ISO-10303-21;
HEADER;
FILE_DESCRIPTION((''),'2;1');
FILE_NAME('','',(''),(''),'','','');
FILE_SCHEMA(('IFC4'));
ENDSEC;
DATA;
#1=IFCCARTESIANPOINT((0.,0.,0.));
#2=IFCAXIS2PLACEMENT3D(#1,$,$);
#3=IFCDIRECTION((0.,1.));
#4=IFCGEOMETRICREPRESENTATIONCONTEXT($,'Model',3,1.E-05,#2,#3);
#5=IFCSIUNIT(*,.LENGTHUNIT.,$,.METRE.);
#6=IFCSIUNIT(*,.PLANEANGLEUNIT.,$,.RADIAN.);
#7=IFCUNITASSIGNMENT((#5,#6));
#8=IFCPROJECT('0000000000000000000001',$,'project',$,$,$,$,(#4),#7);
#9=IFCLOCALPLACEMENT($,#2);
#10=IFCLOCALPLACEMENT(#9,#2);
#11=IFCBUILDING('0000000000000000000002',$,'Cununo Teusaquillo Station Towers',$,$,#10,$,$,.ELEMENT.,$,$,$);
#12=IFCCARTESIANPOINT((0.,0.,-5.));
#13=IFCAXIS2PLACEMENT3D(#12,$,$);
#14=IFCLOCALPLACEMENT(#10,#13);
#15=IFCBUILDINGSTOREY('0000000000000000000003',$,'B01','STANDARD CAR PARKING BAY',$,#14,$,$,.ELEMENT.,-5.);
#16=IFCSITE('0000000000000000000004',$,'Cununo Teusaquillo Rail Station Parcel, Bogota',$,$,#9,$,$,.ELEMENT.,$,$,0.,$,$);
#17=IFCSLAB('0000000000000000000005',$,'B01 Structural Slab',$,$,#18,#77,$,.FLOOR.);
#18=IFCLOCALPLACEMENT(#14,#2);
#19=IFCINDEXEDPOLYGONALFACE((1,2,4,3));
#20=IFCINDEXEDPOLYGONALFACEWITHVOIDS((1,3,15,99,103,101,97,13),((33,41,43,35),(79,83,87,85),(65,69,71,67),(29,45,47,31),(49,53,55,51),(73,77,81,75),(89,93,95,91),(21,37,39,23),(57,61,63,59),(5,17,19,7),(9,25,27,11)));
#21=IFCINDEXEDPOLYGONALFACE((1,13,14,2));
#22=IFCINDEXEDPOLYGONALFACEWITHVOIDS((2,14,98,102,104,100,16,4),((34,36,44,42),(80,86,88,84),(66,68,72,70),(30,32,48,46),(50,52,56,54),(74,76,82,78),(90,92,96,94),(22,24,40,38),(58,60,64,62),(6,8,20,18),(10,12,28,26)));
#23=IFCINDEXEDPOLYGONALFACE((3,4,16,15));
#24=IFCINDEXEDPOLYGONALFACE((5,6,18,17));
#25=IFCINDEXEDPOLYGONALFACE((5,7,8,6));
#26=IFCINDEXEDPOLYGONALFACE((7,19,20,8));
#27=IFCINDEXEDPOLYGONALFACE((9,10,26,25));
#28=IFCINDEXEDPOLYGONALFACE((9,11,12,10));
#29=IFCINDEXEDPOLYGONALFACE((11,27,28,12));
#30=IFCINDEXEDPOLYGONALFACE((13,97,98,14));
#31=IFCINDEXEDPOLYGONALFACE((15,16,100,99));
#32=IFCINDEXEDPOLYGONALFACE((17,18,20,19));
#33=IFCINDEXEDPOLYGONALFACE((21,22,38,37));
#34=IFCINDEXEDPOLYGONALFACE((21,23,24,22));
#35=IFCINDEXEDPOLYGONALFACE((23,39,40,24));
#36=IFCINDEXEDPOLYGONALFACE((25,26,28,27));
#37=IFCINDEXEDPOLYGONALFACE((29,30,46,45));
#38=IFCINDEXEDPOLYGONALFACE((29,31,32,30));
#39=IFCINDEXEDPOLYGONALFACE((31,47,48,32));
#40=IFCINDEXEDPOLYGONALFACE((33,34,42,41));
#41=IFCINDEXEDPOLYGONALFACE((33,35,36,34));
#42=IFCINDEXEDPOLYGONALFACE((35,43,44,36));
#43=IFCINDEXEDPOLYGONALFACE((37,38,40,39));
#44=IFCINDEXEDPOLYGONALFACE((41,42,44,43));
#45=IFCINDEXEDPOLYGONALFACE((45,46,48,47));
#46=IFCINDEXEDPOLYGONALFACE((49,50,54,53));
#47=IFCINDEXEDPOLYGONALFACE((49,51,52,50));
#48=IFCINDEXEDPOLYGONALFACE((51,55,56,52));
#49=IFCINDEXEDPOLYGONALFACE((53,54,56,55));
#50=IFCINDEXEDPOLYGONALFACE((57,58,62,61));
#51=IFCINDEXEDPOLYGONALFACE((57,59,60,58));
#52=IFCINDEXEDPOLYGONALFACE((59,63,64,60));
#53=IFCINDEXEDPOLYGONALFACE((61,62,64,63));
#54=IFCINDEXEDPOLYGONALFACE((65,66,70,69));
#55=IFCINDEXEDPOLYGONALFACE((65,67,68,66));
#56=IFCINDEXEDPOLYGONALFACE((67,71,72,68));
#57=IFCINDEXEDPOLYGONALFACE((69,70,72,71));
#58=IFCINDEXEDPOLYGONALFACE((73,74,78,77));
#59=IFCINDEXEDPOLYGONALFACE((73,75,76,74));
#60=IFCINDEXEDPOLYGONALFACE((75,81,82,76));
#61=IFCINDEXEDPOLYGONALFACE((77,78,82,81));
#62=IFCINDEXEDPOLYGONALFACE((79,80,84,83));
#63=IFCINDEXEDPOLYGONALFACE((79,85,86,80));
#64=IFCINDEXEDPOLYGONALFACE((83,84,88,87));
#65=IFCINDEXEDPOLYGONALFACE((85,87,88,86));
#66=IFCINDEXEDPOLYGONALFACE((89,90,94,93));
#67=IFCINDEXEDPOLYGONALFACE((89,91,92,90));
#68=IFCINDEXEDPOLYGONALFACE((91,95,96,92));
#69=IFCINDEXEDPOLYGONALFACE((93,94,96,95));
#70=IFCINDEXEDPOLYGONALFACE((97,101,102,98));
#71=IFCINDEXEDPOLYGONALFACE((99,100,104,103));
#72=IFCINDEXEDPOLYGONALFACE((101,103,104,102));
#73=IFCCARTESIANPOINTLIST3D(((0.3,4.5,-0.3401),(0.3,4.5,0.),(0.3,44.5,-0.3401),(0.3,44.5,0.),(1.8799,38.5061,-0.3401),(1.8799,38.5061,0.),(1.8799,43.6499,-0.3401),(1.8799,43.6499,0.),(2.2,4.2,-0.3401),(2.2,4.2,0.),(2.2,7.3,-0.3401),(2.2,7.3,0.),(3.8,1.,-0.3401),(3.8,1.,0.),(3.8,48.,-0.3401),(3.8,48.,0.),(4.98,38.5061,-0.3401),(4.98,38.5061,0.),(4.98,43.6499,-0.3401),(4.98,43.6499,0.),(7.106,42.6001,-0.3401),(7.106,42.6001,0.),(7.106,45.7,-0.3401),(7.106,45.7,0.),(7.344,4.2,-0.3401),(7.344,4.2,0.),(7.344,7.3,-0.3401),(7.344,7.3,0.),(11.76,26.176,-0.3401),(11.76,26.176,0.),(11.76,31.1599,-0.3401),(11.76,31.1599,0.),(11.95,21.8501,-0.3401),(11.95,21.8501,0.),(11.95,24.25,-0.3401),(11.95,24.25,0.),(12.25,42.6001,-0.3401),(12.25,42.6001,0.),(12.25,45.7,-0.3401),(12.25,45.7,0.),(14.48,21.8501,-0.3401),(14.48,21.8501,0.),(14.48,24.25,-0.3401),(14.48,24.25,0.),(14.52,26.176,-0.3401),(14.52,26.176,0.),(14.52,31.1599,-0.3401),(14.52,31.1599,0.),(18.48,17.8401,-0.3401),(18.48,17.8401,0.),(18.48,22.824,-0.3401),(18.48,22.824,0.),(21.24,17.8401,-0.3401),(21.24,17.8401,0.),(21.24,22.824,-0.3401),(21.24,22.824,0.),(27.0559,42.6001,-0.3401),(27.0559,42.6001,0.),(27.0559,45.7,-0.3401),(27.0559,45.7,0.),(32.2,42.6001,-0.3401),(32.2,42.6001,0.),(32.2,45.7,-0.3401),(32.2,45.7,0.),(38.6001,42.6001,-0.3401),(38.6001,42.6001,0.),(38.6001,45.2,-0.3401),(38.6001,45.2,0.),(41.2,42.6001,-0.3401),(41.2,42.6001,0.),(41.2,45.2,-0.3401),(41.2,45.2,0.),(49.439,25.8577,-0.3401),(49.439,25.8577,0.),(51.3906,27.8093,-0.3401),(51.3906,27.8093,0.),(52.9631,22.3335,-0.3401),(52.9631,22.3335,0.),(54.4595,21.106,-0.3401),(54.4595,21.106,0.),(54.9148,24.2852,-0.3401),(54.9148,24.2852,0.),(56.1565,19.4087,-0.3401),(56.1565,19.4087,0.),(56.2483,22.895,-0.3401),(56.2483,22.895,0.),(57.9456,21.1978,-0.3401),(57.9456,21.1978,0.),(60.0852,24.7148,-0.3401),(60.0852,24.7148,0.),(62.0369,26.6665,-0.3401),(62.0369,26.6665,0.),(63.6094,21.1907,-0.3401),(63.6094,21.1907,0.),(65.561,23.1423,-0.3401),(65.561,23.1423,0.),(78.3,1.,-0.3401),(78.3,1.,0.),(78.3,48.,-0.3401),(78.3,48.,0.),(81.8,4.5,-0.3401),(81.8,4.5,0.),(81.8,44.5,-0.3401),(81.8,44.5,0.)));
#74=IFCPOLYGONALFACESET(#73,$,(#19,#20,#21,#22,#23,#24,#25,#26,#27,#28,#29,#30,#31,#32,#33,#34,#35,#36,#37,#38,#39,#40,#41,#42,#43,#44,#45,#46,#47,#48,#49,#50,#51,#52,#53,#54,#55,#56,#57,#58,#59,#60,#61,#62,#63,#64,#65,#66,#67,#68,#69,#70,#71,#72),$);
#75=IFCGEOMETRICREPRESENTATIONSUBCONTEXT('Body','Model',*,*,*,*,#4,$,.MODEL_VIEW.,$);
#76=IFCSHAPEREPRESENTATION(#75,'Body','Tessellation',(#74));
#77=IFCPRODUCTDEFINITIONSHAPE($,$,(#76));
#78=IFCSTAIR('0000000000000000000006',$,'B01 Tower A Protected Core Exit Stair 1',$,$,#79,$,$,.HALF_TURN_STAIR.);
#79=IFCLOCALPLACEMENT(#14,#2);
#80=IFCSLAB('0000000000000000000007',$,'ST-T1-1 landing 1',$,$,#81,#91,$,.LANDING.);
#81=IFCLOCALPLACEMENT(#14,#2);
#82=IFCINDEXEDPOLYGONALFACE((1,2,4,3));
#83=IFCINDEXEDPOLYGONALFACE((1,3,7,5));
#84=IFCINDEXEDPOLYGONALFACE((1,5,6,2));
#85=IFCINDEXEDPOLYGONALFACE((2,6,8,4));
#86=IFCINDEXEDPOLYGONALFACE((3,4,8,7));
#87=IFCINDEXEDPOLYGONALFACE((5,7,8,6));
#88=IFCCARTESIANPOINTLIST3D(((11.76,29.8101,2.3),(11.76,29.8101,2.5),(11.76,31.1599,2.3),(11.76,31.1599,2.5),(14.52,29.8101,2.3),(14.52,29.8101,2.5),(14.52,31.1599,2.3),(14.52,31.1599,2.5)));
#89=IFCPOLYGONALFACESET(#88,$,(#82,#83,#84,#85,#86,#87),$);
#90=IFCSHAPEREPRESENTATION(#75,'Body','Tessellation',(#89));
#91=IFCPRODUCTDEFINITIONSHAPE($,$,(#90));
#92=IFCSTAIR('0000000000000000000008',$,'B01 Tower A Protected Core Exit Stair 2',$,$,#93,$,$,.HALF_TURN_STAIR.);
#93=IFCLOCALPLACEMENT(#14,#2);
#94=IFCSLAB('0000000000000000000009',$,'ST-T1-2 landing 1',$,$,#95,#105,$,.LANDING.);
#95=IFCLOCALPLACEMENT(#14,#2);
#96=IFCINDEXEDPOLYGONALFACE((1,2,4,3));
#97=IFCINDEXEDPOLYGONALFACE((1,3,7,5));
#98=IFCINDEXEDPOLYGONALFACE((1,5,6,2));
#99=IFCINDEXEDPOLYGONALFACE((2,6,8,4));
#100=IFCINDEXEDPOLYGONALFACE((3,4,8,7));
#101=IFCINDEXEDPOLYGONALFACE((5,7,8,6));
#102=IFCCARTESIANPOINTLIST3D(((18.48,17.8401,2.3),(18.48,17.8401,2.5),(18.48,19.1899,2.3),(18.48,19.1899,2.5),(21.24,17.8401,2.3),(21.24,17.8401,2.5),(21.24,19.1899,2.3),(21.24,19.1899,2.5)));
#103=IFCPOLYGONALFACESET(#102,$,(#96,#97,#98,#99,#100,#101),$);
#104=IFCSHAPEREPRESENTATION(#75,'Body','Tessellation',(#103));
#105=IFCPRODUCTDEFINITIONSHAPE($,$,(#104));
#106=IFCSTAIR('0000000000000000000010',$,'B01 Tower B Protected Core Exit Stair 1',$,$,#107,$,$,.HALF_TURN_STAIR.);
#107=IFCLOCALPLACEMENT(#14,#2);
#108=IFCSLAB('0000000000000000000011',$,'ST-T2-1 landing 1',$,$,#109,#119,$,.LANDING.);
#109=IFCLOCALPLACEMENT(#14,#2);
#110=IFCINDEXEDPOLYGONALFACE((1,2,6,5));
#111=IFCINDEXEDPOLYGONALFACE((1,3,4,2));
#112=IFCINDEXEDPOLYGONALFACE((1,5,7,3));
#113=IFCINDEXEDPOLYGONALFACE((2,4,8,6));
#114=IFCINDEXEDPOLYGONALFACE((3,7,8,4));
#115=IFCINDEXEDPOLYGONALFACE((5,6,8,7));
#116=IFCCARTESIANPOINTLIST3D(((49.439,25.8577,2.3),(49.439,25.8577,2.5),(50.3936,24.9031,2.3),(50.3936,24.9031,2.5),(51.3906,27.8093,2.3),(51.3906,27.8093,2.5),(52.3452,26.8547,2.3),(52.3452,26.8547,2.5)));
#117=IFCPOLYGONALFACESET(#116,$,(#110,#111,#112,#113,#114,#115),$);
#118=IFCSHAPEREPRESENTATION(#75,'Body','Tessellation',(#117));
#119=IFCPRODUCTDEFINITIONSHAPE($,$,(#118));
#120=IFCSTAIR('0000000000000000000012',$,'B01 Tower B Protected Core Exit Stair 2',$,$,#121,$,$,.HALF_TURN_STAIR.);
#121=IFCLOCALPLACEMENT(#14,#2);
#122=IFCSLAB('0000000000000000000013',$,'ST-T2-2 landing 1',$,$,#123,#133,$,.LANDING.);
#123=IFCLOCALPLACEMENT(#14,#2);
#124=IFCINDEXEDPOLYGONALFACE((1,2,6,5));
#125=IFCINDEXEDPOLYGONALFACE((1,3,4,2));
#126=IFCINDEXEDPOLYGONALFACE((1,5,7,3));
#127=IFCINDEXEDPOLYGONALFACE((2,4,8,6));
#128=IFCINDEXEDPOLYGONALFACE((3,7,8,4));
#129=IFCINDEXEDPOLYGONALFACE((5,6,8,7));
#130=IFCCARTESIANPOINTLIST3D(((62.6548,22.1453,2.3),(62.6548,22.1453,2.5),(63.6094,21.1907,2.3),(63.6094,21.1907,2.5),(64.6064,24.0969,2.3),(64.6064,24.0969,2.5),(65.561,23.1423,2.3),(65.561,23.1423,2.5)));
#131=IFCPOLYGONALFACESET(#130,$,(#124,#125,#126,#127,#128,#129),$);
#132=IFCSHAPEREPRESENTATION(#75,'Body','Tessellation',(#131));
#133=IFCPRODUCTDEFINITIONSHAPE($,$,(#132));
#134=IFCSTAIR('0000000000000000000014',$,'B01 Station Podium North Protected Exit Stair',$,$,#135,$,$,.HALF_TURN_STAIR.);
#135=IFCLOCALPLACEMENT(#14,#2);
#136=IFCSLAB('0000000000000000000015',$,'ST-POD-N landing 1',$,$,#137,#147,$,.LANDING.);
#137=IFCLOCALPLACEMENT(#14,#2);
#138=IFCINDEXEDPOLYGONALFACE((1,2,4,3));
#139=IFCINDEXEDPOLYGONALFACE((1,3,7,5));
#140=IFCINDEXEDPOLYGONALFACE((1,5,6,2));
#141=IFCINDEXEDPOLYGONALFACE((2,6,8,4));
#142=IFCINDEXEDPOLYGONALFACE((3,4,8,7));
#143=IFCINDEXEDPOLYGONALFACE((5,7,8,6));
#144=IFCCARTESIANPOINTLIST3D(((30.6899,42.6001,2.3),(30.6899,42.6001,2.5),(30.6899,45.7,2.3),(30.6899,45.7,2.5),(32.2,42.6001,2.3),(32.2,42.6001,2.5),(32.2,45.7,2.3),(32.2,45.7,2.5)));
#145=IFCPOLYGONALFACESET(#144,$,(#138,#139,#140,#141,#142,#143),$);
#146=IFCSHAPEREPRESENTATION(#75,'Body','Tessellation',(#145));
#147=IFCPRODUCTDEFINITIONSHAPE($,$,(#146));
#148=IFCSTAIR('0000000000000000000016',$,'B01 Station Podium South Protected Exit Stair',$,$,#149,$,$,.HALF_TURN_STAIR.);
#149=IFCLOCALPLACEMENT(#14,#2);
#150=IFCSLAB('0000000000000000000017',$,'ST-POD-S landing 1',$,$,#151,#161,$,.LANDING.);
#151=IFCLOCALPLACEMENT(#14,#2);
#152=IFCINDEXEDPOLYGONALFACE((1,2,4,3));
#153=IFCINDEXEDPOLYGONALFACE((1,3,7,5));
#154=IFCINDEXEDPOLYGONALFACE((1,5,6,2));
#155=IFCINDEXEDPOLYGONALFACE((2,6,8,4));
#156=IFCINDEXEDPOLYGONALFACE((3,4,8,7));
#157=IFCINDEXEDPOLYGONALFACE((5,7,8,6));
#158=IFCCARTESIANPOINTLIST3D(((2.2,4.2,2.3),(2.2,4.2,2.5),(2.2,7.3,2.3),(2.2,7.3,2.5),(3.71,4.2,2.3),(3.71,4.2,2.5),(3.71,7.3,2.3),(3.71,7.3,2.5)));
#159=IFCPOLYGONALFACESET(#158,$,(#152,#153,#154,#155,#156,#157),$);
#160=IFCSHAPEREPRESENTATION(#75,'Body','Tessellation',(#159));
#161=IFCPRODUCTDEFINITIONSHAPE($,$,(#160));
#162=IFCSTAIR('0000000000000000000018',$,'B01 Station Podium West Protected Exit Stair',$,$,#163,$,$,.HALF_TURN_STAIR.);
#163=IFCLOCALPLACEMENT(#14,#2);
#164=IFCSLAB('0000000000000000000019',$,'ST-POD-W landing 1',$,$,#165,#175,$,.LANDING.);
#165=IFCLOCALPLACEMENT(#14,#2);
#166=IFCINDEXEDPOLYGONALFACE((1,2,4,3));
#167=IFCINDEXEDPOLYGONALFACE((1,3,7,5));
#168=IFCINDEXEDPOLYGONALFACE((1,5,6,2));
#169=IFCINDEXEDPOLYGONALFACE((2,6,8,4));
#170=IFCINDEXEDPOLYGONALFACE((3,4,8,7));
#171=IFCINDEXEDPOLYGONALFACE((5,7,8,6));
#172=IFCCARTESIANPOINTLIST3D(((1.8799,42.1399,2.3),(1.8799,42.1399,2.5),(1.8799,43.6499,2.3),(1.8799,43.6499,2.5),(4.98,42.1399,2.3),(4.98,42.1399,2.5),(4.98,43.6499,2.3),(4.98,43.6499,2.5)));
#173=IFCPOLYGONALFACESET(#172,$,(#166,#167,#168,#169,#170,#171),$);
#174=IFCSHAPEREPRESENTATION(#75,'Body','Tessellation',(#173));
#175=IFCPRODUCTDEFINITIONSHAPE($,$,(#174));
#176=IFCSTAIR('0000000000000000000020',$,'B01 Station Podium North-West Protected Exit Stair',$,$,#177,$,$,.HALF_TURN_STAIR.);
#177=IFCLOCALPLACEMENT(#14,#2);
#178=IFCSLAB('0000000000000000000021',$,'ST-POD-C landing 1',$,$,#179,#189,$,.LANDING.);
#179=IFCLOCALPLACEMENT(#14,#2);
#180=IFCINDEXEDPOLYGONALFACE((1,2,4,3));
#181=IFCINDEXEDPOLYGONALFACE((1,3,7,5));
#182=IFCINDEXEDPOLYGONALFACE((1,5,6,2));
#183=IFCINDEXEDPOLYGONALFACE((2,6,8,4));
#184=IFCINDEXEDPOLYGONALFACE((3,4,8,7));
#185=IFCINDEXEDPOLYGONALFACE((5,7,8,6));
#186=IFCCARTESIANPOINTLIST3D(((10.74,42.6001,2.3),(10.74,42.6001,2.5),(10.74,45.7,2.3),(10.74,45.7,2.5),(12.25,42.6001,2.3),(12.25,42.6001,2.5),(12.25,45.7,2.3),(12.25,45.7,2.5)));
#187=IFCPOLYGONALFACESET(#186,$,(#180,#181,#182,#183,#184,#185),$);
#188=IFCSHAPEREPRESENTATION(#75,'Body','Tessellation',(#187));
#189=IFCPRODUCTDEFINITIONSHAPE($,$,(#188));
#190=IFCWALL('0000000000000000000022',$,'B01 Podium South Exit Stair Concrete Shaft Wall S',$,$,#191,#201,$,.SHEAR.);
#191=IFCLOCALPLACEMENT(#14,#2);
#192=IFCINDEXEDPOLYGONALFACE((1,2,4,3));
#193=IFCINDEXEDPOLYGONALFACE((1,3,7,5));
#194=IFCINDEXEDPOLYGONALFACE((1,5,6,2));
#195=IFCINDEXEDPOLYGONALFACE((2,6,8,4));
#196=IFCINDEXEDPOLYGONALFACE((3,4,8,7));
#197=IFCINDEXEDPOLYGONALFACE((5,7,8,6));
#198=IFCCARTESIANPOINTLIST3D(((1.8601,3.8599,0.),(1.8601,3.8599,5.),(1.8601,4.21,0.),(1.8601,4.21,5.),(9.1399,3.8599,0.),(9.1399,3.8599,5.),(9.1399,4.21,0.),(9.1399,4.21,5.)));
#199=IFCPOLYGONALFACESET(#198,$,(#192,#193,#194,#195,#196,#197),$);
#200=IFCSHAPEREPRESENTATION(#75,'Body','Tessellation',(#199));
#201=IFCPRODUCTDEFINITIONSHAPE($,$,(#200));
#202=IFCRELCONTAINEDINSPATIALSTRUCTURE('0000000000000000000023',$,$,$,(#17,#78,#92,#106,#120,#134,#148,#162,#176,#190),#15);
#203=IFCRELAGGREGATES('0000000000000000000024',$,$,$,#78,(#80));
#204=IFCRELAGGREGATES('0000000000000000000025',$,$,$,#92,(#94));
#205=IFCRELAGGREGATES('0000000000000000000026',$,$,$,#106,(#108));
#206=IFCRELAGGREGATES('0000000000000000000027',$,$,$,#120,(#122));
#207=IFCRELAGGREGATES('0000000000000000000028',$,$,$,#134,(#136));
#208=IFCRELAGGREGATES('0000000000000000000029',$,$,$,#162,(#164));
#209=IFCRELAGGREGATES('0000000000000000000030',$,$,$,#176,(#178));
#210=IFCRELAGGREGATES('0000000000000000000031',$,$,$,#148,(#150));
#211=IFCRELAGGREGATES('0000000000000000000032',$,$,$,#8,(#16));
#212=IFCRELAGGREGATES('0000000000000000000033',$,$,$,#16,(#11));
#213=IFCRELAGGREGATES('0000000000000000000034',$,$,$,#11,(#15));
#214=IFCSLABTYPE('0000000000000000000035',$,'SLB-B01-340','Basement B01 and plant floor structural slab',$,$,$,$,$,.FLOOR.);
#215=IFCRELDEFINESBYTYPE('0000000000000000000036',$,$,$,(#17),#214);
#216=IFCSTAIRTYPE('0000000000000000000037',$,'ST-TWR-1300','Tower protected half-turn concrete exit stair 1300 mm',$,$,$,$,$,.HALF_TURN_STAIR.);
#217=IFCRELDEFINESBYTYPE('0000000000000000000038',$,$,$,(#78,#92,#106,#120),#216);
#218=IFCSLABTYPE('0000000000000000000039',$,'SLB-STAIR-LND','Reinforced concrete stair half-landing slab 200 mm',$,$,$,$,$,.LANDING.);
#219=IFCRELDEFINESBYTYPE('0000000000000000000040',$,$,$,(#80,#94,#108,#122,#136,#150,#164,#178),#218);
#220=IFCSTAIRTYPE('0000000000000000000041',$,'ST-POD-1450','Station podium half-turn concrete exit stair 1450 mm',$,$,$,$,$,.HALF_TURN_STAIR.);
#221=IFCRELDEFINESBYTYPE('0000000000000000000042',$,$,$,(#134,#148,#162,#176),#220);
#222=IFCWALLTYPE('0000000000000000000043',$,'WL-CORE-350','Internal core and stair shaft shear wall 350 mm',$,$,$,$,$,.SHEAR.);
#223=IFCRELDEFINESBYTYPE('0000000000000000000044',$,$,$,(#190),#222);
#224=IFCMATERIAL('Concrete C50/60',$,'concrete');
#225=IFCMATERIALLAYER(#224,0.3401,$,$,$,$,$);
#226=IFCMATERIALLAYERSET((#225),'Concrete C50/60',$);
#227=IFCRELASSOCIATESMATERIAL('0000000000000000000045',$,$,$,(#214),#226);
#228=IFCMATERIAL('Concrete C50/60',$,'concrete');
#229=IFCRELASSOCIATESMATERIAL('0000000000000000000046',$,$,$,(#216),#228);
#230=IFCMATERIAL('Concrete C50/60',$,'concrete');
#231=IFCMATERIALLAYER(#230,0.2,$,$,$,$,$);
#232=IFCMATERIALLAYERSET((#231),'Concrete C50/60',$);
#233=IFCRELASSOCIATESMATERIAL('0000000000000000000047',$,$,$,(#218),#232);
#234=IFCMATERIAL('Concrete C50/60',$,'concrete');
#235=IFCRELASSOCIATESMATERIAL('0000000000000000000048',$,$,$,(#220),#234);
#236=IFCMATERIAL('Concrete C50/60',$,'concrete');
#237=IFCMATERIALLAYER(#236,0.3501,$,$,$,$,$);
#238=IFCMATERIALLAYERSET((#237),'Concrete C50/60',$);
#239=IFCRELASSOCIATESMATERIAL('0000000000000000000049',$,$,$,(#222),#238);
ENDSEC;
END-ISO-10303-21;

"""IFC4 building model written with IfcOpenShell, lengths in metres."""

from ifc_helpers import new_model, si_unit, direction, frame, frame_2d, origin, place, context, subcontext, project, spatial, polyline, rectangle, outline, extrude, material, layer, layer_set, type_object, element, aggregate, save


model = new_model("IFC4")

# Units and contexts
model_context = context("Model", 3, precision=1e-05, world=origin(), true_north=direction((0.0, 1.0)))
body_context = subcontext(model_context, "Body", "Model", "MODEL_VIEW")
ifc_project = project(units=[si_unit("LENGTHUNIT", "METRE"), si_unit("PLANEANGLEUNIT", "RADIAN")], contexts=[model_context])

# Site, building, storey
site_placement = place(None, origin())
site = spatial("IfcSite", under=ifc_project, at=site_placement, Name="Cununo Teusaquillo Rail Station Parcel, Bogota", CompositionType="ELEMENT", RefElevation=0.0)
building_placement = place(site_placement, origin())
building = spatial("IfcBuilding", under=site, at=building_placement, Name="Cununo Teusaquillo Station Towers", CompositionType="ELEMENT")
storey_placement = place(building_placement, frame((0.0, 0.0, -5.0)))
storey = spatial("IfcBuildingStorey", under=building, at=storey_placement, Name="B01", Description="STANDARD CAR PARKING BAY", CompositionType="ELEMENT", Elevation=-5.0)

# Slab
ifc_material_1 = material(Name="Concrete C50/60", Category="concrete")
ifc_layer_1 = layer(ifc_material_1, 0.3401)
ifc_layer_set_1 = layer_set([ifc_layer_1], Name="Concrete C50/60")
slab_type_1 = type_object("IfcSlabType", Name="SLB-B01-340", Description="Basement B01 and plant floor structural slab", PredefinedType="FLOOR", material=ifc_layer_set_1)
slab_1_placement = place(storey_placement, frame((0.0, 0.0, -0.3401)))
element("IfcSlab", 1, at=slab_1_placement, inside=storey, type_object=slab_type_1, Name="B01 Structural Slab", PredefinedType="FLOOR", context=body_context, shape_type="SweptSolid", body=[
    extrude(outline(polyline([(3.8, 1.0), (78.3, 1.0), (81.8, 4.5), (81.8, 44.5), (78.3, 48.0), (3.8, 48.0), (0.3, 44.5), (0.3, 4.5), (3.8, 1.0)]), holes=[polyline([(14.52, 26.176), (14.52, 31.1599), (11.76, 31.1599), (11.76, 26.176), (14.52, 26.176)]), polyline([(18.48, 22.824), (18.48, 17.8401), (21.24, 17.8401), (21.24, 22.824), (18.48, 22.824)]), polyline([(54.9148, 24.2852), (51.3906, 27.8093), (49.439, 25.8577), (52.9631, 22.3335), (54.9148, 24.2852)]), polyline([(60.0852, 24.7148), (63.6094, 21.1907), (65.561, 23.1423), (62.0369, 26.6665), (60.0852, 24.7148)]), polyline([(27.0559, 42.6001), (32.2, 42.6001), (32.2, 45.7), (27.0559, 45.7), (27.0559, 42.6001)]), polyline([(7.344, 7.3), (2.2, 7.3), (2.2, 4.2), (7.344, 4.2), (7.344, 7.3)]), polyline([(4.98, 38.5061), (4.98, 43.6499), (1.8799, 43.6499), (1.8799, 38.5061), (4.98, 38.5061)]), polyline([(7.106, 42.6001), (12.25, 42.6001), (12.25, 45.7), (7.106, 45.7), (7.106, 42.6001)]), polyline([(11.95, 21.8501), (14.48, 21.8501), (14.48, 24.25), (11.95, 24.25), (11.95, 21.8501)]), polyline([(56.1565, 19.4087), (57.9456, 21.1978), (56.2483, 22.895), (54.4595, 21.106), (56.1565, 19.4087)]), polyline([(38.6001, 42.6001), (41.2, 42.6001), (41.2, 45.2), (38.6001, 45.2), (38.6001, 42.6001)])]), origin(), (0.0, 0.0, 1.0), 0.3401),
])

# Stairs, slabs
ifc_material_2 = material(Name="Concrete C50/60", Category="concrete")
stair_type_1 = type_object("IfcStairType", Name="ST-TWR-1300", Description="Tower protected half-turn concrete exit stair 1300 mm", PredefinedType="HALF_TURN_STAIR", material=ifc_material_2)
stair_1_placement = place(storey_placement, origin())
stair_1 = element("IfcStair", 2, at=stair_1_placement, inside=storey, type_object=stair_type_1, Name="B01 Tower A Protected Core Exit Stair 1", PredefinedType="HALF_TURN_STAIR")
ifc_material_3 = material(Name="Concrete C50/60", Category="concrete")
ifc_layer_2 = layer(ifc_material_3, 0.2)
ifc_layer_set_2 = layer_set([ifc_layer_2], Name="Concrete C50/60")
slab_type_2 = type_object("IfcSlabType", Name="SLB-STAIR-LND", Description="Reinforced concrete stair half-landing slab 200 mm", PredefinedType="LANDING", material=ifc_layer_set_2)
slab_2_placement = place(storey_placement, frame((0.0, 0.0, 2.3)))
slab_2 = element("IfcSlab", 3, at=slab_2_placement, type_object=slab_type_2, Name="ST-T1-1 landing 1", PredefinedType="LANDING", context=body_context, shape_type="SweptSolid", body=[
    extrude(outline(polyline([(14.52, 29.8101), (14.52, 31.1599), (11.76, 31.1599), (11.76, 29.8101), (14.52, 29.8101)])), origin(), (0.0, 0.0, 1.0), 0.2),
])
aggregate(stair_1, [slab_2])
stair_2_placement = place(storey_placement, origin())
stair_2 = element("IfcStair", 4, at=stair_2_placement, inside=storey, type_object=stair_type_1, Name="B01 Tower A Protected Core Exit Stair 2", PredefinedType="HALF_TURN_STAIR")
slab_3_placement = place(storey_placement, frame((0.0, 0.0, 2.3)))
slab_3 = element("IfcSlab", 5, at=slab_3_placement, type_object=slab_type_2, Name="ST-T1-2 landing 1", PredefinedType="LANDING", context=body_context, shape_type="SweptSolid", body=[
    extrude(outline(polyline([(18.48, 19.1899), (18.48, 17.8401), (21.24, 17.8401), (21.24, 19.1899), (18.48, 19.1899)])), origin(), (0.0, 0.0, 1.0), 0.2),
])
aggregate(stair_2, [slab_3])
stair_3_placement = place(storey_placement, origin())
stair_3 = element("IfcStair", 6, at=stair_3_placement, inside=storey, type_object=stair_type_1, Name="B01 Tower B Protected Core Exit Stair 1", PredefinedType="HALF_TURN_STAIR")
slab_4_placement = place(storey_placement, frame((0.0, 0.0, 2.3)))
slab_4 = element("IfcSlab", 7, at=slab_4_placement, type_object=slab_type_2, Name="ST-T2-1 landing 1", PredefinedType="LANDING", context=body_context, shape_type="SweptSolid", body=[
    extrude(outline(polyline([(52.3452, 26.8547), (51.3906, 27.8093), (49.439, 25.8577), (50.3936, 24.9031), (52.3452, 26.8547)])), origin(), (0.0, 0.0, 1.0), 0.2),
])
aggregate(stair_3, [slab_4])
stair_4_placement = place(storey_placement, origin())
stair_4 = element("IfcStair", 8, at=stair_4_placement, inside=storey, type_object=stair_type_1, Name="B01 Tower B Protected Core Exit Stair 2", PredefinedType="HALF_TURN_STAIR")
slab_5_placement = place(storey_placement, frame((0.0, 0.0, 2.3)))
slab_5 = element("IfcSlab", 9, at=slab_5_placement, type_object=slab_type_2, Name="ST-T2-2 landing 1", PredefinedType="LANDING", context=body_context, shape_type="SweptSolid", body=[
    extrude(outline(polyline([(62.6548, 22.1453), (63.6094, 21.1907), (65.561, 23.1423), (64.6064, 24.0969), (62.6548, 22.1453)])), origin(), (0.0, 0.0, 1.0), 0.2),
])
aggregate(stair_4, [slab_5])
ifc_material_4 = material(Name="Concrete C50/60", Category="concrete")
stair_type_2 = type_object("IfcStairType", Name="ST-POD-1450", Description="Station podium half-turn concrete exit stair 1450 mm", PredefinedType="HALF_TURN_STAIR", material=ifc_material_4)
stair_5_placement = place(storey_placement, origin())
stair_5 = element("IfcStair", 10, at=stair_5_placement, inside=storey, type_object=stair_type_2, Name="B01 Station Podium North Protected Exit Stair", PredefinedType="HALF_TURN_STAIR")
slab_6_placement = place(storey_placement, frame((0.0, 0.0, 2.3)))
slab_6 = element("IfcSlab", 11, at=slab_6_placement, type_object=slab_type_2, Name="ST-POD-N landing 1", PredefinedType="LANDING", context=body_context, shape_type="SweptSolid", body=[
    extrude(outline(polyline([(30.6899, 42.6001), (32.2, 42.6001), (32.2, 45.7), (30.6899, 45.7), (30.6899, 42.6001)])), origin(), (0.0, 0.0, 1.0), 0.2),
])
aggregate(stair_5, [slab_6])
stair_6_placement = place(storey_placement, origin())
stair_6 = element("IfcStair", 12, at=stair_6_placement, inside=storey, type_object=stair_type_2, Name="B01 Station Podium South Protected Exit Stair", PredefinedType="HALF_TURN_STAIR")
slab_7_placement = place(storey_placement, frame((0.0, 0.0, 2.3)))
slab_7 = element("IfcSlab", 13, at=slab_7_placement, type_object=slab_type_2, Name="ST-POD-S landing 1", PredefinedType="LANDING", context=body_context, shape_type="SweptSolid", body=[
    extrude(outline(polyline([(3.71, 7.3), (2.2, 7.3), (2.2, 4.2), (3.71, 4.2), (3.71, 7.3)])), origin(), (0.0, 0.0, 1.0), 0.2),
])
stair_7_placement = place(storey_placement, origin())
stair_7 = element("IfcStair", 14, at=stair_7_placement, inside=storey, type_object=stair_type_2, Name="B01 Station Podium West Protected Exit Stair", PredefinedType="HALF_TURN_STAIR")
slab_8_placement = place(storey_placement, frame((0.0, 0.0, 2.3)))
slab_8 = element("IfcSlab", 15, at=slab_8_placement, type_object=slab_type_2, Name="ST-POD-W landing 1", PredefinedType="LANDING", context=body_context, shape_type="SweptSolid", body=[
    extrude(outline(polyline([(4.98, 42.1399), (4.98, 43.6499), (1.8799, 43.6499), (1.8799, 42.1399), (4.98, 42.1399)])), origin(), (0.0, 0.0, 1.0), 0.2),
])
aggregate(stair_7, [slab_8])
stair_8_placement = place(storey_placement, origin())
stair_8 = element("IfcStair", 16, at=stair_8_placement, inside=storey, type_object=stair_type_2, Name="B01 Station Podium North-West Protected Exit Stair", PredefinedType="HALF_TURN_STAIR")
slab_9_placement = place(storey_placement, frame((0.0, 0.0, 2.3)))
slab_9 = element("IfcSlab", 17, at=slab_9_placement, type_object=slab_type_2, Name="ST-POD-C landing 1", PredefinedType="LANDING", context=body_context, shape_type="SweptSolid", body=[
    extrude(outline(polyline([(10.74, 42.6001), (12.25, 42.6001), (12.25, 45.7), (10.74, 45.7), (10.74, 42.6001)])), origin(), (0.0, 0.0, 1.0), 0.2),
])
aggregate(stair_8, [slab_9])

# Wall
ifc_material_5 = material(Name="Concrete C50/60", Category="concrete")
ifc_layer_3 = layer(ifc_material_5, 0.3501)
ifc_layer_set_3 = layer_set([ifc_layer_3], Name="Concrete C50/60")
wall_type_1 = type_object("IfcWallType", Name="WL-CORE-350", Description="Internal core and stair shaft shear wall 350 mm", PredefinedType="SHEAR", material=ifc_layer_set_3)
wall_1_placement = place(storey_placement, frame((1.8601, 4.0349, 0.0), z_axis=(0.0, 0.0, 1.0), x_axis=(1.0, 0.0, 0.0)))
element("IfcWall", 18, at=wall_1_placement, inside=storey, type_object=wall_type_1, Name="B01 Podium South Exit Stair Concrete Shaft Wall S", PredefinedType="SHEAR", context=body_context, shape_type="SweptSolid", body=[
    extrude(rectangle(XDim=7.2798, YDim=0.3501, at=frame_2d((3.6399, 0.0))), origin(), (0.0, 0.0, 1.0), 5.0),
])

aggregate(stair_6, [slab_7])

save(model, "model.ifc")
